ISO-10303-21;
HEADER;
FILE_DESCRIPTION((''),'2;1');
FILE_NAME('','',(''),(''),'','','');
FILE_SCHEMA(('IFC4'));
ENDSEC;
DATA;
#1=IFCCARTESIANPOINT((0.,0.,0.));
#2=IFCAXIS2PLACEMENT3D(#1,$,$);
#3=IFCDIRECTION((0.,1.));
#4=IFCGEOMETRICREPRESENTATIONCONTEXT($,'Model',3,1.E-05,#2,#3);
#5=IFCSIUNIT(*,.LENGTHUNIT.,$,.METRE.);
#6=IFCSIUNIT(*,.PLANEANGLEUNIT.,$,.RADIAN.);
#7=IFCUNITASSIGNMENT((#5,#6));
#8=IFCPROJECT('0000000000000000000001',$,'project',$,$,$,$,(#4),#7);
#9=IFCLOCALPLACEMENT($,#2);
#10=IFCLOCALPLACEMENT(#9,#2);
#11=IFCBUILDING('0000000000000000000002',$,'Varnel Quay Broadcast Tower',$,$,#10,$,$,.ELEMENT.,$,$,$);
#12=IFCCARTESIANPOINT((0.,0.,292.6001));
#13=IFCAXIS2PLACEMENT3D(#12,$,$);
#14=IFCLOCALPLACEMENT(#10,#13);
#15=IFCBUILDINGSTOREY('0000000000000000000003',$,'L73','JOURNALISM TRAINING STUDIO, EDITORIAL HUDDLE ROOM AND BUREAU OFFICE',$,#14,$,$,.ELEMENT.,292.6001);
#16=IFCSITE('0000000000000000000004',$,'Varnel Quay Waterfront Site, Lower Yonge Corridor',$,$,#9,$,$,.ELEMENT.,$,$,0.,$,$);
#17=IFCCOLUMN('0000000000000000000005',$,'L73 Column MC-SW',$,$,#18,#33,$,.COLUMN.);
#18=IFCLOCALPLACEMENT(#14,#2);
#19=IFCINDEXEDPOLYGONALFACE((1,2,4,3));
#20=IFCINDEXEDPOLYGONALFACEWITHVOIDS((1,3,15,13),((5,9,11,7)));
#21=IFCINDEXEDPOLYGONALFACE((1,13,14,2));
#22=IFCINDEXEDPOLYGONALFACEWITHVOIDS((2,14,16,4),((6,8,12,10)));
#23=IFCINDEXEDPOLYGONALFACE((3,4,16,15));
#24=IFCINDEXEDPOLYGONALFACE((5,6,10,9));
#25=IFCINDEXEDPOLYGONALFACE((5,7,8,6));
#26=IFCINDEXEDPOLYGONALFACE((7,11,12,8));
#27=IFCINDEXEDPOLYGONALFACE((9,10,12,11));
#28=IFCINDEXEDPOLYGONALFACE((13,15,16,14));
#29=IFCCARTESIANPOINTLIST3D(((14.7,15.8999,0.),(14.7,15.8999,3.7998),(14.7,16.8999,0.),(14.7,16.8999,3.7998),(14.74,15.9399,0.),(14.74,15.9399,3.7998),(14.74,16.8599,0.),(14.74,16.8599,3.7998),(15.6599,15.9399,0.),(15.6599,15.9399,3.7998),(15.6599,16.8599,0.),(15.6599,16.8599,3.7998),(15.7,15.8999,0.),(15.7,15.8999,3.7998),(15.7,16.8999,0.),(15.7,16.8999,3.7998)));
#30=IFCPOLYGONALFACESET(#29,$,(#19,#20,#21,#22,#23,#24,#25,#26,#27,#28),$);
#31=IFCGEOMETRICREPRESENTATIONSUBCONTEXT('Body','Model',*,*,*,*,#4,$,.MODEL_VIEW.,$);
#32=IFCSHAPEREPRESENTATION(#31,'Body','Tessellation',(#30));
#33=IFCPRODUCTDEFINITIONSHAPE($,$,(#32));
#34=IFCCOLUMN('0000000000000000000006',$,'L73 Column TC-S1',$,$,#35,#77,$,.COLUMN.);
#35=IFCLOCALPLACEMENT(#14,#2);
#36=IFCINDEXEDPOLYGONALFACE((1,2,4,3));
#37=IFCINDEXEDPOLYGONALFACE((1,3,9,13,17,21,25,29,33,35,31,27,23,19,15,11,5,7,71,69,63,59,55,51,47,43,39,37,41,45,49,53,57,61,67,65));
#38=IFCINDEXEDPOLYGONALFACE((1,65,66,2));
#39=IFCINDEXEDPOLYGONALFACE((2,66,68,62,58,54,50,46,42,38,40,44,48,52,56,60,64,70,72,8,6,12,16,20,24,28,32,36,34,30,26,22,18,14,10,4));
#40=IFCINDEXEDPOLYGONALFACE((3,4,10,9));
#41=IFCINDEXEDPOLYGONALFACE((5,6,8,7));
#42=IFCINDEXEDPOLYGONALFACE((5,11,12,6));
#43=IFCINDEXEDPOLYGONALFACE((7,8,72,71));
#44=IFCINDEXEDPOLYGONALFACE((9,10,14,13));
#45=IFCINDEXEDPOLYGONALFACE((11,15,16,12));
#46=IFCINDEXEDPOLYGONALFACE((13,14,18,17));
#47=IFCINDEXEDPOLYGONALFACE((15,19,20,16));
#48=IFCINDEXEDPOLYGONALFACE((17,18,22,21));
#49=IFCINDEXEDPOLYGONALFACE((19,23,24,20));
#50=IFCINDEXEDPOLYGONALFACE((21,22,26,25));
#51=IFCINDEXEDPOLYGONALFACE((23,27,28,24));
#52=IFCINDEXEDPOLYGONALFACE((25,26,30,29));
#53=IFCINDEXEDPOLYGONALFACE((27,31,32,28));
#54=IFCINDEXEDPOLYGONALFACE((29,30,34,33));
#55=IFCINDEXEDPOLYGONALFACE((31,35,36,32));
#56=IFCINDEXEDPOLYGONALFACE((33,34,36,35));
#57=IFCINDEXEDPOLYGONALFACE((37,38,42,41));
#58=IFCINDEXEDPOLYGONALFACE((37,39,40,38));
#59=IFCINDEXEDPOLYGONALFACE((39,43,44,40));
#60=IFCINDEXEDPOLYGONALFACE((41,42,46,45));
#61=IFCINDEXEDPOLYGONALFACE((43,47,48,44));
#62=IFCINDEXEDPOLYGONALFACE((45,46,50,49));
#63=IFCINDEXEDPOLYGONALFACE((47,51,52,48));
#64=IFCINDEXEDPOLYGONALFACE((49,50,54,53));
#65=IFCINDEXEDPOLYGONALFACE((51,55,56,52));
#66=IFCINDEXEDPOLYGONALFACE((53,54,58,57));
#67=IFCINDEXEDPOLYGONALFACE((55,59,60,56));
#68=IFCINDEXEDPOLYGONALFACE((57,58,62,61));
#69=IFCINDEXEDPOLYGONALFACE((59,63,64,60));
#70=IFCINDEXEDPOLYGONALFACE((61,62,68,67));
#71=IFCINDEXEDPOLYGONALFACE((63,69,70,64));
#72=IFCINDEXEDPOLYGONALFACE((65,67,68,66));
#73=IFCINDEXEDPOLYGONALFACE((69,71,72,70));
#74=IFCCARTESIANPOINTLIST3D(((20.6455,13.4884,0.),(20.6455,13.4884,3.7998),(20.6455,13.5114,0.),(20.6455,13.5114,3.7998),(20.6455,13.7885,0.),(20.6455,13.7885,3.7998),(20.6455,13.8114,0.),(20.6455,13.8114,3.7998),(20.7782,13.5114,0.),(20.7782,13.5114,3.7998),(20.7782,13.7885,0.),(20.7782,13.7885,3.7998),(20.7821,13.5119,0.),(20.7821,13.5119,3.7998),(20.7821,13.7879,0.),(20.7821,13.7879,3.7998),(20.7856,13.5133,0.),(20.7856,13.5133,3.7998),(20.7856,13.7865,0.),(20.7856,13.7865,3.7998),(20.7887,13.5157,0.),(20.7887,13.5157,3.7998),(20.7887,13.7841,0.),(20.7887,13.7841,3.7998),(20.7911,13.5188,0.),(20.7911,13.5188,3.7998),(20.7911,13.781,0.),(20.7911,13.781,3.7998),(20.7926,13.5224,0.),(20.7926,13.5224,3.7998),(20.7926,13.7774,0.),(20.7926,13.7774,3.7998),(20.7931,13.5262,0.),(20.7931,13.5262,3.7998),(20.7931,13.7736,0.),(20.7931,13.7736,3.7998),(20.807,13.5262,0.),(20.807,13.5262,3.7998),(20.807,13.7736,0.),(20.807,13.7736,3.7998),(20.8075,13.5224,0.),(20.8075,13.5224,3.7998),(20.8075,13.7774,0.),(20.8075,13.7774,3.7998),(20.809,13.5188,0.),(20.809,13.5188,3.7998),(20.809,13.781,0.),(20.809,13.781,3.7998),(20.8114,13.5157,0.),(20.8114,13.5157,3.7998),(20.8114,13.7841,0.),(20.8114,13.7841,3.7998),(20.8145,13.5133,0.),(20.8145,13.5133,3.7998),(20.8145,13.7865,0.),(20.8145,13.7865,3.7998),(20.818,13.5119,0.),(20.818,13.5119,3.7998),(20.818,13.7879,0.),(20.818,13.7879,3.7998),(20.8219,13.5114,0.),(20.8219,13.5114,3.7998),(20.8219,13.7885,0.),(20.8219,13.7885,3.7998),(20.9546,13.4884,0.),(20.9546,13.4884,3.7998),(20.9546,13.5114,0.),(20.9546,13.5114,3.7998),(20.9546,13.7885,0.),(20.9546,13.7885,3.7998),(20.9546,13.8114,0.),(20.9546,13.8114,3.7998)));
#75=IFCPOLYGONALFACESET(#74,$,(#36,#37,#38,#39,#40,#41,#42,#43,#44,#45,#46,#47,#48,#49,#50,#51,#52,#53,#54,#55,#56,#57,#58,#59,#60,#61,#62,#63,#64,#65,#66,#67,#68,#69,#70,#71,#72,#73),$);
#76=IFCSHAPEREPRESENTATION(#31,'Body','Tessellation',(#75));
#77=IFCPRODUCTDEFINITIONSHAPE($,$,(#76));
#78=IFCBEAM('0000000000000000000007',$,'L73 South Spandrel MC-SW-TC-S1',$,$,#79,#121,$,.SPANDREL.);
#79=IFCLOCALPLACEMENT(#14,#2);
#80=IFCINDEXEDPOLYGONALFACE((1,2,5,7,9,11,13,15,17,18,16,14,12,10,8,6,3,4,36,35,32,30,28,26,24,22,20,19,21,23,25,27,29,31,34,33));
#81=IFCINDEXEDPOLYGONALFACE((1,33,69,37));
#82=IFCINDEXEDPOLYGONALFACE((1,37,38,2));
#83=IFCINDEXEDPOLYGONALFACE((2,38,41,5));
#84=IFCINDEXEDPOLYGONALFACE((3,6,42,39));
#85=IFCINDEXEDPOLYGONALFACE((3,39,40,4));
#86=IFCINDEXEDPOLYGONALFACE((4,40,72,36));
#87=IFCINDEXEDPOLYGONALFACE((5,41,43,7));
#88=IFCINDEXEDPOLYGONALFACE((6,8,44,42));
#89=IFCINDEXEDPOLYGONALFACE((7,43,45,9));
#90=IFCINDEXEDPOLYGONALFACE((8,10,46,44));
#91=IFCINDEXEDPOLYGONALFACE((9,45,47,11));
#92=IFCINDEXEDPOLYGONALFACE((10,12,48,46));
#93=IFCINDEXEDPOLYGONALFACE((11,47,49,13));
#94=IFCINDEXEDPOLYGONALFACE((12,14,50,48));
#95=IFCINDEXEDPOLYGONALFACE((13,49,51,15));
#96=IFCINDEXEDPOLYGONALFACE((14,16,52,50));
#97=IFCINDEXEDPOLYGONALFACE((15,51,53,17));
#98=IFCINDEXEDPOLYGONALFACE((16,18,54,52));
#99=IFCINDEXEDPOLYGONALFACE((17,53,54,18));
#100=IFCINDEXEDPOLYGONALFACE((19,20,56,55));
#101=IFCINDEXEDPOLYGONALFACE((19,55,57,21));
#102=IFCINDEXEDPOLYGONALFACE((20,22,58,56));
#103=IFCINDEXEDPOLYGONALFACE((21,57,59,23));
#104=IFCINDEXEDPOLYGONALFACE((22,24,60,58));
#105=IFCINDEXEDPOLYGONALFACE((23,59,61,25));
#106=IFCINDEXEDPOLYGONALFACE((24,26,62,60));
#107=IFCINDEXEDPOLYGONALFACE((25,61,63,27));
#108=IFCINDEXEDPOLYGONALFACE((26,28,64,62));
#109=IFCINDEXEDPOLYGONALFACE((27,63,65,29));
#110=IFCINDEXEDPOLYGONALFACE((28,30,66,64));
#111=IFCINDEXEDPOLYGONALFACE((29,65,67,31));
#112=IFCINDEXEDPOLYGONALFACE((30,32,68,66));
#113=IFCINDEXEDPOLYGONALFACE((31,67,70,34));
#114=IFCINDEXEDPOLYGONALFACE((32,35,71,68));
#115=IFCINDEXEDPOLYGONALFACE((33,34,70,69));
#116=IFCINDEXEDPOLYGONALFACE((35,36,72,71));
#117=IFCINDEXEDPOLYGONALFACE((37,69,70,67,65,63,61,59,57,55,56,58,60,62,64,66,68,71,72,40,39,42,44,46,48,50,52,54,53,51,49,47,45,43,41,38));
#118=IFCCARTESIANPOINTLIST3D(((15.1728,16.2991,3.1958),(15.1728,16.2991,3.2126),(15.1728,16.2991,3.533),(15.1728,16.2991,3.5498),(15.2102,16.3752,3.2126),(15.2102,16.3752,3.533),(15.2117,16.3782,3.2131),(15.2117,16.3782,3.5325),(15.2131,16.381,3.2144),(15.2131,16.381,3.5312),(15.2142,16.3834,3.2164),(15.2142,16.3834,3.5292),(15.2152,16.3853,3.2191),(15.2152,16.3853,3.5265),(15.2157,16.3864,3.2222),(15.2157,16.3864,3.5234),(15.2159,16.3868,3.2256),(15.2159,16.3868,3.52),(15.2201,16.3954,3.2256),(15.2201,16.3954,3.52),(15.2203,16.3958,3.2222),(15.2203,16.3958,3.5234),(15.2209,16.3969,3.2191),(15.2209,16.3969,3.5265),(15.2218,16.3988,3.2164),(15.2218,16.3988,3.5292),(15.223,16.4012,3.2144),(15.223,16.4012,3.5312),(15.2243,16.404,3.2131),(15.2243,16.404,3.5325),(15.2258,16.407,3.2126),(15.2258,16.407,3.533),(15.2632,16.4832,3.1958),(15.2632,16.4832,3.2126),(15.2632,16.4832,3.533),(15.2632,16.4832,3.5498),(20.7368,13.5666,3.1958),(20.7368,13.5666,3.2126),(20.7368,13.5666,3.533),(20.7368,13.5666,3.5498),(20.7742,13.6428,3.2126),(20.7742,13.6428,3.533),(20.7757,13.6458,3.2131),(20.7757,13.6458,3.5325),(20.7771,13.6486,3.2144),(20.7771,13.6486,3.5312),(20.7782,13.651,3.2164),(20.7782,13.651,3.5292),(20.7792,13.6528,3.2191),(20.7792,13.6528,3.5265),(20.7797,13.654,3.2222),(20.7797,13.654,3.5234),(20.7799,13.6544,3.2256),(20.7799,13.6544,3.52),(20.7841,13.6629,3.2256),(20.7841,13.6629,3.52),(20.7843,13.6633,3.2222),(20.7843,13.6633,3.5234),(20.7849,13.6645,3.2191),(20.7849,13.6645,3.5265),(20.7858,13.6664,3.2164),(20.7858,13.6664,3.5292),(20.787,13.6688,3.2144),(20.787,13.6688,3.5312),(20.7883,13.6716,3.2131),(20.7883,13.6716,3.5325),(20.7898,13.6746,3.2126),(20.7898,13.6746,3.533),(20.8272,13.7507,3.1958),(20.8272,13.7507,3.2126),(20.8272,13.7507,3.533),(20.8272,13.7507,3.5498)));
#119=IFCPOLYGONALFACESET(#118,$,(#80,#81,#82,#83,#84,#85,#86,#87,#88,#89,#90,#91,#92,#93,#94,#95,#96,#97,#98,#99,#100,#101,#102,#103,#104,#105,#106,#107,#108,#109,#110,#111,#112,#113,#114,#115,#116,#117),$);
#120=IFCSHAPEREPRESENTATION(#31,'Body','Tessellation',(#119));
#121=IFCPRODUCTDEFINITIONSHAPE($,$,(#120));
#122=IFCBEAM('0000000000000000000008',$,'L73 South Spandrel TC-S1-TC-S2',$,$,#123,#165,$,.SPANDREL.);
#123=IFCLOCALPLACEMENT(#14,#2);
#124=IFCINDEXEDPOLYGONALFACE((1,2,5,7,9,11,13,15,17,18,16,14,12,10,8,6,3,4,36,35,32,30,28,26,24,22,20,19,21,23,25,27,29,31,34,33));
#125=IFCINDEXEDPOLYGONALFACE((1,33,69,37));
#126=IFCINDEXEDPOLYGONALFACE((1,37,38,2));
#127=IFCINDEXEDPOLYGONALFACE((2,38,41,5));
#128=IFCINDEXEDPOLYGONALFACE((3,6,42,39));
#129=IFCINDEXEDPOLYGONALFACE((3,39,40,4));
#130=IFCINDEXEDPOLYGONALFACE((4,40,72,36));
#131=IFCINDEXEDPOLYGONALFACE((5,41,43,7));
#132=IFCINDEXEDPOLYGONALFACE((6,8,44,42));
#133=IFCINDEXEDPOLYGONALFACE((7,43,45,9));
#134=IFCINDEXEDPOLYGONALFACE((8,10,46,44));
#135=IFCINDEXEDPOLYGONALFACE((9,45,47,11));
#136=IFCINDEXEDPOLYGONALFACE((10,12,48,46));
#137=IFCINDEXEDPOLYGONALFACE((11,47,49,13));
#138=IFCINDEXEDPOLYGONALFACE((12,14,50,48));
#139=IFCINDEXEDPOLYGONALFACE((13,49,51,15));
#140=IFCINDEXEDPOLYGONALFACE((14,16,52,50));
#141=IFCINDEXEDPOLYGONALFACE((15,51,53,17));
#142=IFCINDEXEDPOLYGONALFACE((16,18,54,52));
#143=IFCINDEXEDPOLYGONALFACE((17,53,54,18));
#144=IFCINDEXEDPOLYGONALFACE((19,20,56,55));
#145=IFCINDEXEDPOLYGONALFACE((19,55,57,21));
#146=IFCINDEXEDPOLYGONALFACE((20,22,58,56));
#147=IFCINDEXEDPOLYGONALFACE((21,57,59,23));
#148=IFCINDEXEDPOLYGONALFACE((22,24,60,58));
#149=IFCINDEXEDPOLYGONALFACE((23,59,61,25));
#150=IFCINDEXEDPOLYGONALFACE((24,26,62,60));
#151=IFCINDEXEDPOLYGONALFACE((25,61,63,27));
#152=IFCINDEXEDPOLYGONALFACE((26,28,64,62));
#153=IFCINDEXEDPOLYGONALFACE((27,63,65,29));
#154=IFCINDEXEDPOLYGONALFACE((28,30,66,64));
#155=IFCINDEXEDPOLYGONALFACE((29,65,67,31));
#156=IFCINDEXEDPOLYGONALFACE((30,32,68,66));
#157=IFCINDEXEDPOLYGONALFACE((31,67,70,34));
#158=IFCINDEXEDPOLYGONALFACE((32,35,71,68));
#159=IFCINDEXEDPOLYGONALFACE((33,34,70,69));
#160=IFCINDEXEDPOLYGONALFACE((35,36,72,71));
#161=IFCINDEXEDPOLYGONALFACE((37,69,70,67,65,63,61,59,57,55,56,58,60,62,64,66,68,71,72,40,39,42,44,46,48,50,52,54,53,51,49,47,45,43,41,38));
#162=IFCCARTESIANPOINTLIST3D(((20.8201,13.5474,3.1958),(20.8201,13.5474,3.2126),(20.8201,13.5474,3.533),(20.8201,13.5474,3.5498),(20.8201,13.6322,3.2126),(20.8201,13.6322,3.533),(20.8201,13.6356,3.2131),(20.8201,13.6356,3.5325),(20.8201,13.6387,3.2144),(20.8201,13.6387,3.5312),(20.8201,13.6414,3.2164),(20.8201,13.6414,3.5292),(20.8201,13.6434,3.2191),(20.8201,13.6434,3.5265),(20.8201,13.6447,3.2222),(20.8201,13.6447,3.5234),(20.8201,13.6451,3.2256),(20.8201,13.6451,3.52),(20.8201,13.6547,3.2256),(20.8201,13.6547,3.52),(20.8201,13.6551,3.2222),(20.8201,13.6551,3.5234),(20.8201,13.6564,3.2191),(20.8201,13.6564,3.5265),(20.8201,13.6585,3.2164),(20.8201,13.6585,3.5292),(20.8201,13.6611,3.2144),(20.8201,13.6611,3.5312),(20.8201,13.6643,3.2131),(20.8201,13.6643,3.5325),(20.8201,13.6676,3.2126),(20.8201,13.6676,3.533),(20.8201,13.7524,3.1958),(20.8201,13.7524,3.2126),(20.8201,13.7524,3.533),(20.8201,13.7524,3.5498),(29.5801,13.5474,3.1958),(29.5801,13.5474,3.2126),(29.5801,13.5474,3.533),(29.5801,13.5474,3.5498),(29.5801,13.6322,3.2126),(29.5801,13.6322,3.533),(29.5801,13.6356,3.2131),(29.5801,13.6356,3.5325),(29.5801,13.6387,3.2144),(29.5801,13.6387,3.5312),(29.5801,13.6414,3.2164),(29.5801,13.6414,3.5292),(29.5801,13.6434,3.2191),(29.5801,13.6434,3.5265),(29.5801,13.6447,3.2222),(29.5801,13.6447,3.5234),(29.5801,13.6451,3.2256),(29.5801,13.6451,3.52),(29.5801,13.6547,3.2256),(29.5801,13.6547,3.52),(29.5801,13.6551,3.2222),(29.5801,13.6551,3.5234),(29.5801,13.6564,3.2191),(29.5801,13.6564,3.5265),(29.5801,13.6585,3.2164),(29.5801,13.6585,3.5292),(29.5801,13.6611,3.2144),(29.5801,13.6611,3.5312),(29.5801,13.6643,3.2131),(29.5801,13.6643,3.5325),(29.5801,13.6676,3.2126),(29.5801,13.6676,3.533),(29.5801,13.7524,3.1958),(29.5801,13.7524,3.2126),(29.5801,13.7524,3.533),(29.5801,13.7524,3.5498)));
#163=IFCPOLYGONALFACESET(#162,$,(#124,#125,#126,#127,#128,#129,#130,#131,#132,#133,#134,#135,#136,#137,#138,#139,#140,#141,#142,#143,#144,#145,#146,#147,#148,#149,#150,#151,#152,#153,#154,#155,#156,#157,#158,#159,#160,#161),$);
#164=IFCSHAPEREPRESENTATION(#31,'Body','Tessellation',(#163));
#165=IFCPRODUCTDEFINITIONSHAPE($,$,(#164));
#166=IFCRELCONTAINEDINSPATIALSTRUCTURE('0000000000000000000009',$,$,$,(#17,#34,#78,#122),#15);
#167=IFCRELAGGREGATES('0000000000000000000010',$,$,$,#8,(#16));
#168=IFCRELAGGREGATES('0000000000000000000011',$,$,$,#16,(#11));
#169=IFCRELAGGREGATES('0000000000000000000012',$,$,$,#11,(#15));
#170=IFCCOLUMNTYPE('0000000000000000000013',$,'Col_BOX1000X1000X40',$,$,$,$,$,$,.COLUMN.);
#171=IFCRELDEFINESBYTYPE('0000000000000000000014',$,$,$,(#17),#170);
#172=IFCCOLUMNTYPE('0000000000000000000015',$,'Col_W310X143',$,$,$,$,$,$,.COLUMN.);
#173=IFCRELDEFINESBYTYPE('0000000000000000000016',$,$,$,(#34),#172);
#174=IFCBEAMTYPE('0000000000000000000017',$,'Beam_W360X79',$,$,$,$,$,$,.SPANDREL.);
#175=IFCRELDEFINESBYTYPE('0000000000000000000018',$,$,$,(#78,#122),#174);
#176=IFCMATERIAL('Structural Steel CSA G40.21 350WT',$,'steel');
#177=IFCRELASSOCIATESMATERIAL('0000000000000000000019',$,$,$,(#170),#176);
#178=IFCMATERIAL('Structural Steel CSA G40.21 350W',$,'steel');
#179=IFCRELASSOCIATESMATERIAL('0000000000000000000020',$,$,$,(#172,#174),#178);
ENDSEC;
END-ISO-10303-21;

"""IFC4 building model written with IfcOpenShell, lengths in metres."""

from ifc_helpers import new_model, si_unit, direction, frame, origin, origin_2d, place, context, subcontext, project, spatial, hollow_rectangle, i_section, extrude, source, transform, mapped, material, material_profile, profile_set, type_object, type_shapes, element, save


model = new_model("IFC4")

# Units and contexts
model_context = context("Model", 3, precision=1e-05, world=origin(), true_north=direction((0.0, 1.0)))
body_context = subcontext(model_context, "Body", "Model", "MODEL_VIEW")
ifc_project = project(units=[si_unit("LENGTHUNIT", "METRE"), si_unit("PLANEANGLEUNIT", "RADIAN")], contexts=[model_context])

# Site, building, storey
site_placement = place(None, origin())
site = spatial("IfcSite", under=ifc_project, at=site_placement, Name="Varnel Quay Waterfront Site, Lower Yonge Corridor", CompositionType="ELEMENT", RefElevation=0.0)
building_placement = place(site_placement, origin())
building = spatial("IfcBuilding", under=site, at=building_placement, Name="Varnel Quay Broadcast Tower", CompositionType="ELEMENT")
storey_placement = place(building_placement, frame((0.0, 0.0, 292.6001)))
storey = spatial("IfcBuildingStorey", under=building, at=storey_placement, Name="L73", Description="JOURNALISM TRAINING STUDIO, EDITORIAL HUDDLE ROOM AND BUREAU OFFICE", CompositionType="ELEMENT", Elevation=292.6001)

# Columns
ifc_material_1 = material(Name="Structural Steel CSA G40.21 350WT", Category="steel")
ifc_material_profile_1 = material_profile(ifc_material_1, hollow_rectangle(XDim=1.0, YDim=1.0, WallThickness=0.04, at=origin_2d()), Name="BOX1000X1000X40")
ifc_profile_set_1 = profile_set([ifc_material_profile_1], Name="Structural Steel CSA G40.21 350WT")
column_type_1 = type_object("IfcColumnType", Name="Col_BOX1000X1000X40", PredefinedType="COLUMN", material=ifc_profile_set_1)
shared_shape_1 = source(origin(), body_context, "Body", "SweptSolid", [
    extrude(hollow_rectangle(XDim=1.0, YDim=1.0, WallThickness=0.04, at=origin_2d()), origin(), (0.0, 0.0, 1.0), 3.7998),
])
type_shapes(column_type_1, [shared_shape_1])
column_1_placement = place(storey_placement, frame((15.2, 16.3999, 0.0), z_axis=(0.0, 0.0, 1.0), x_axis=(1.0, 0.0, 0.0)))
element("IfcColumn", 1, at=column_1_placement, inside=storey, type_object=column_type_1, Name="L73 Column MC-SW", PredefinedType="COLUMN", context=body_context, shape_type="MappedRepresentation", body=[
    mapped(shared_shape_1, transform((0.0, 0.0, 0.0), x_axis=(1.0, 0.0, 0.0), y_axis=(0.0, 1.0, 0.0), z_axis=(0.0, 0.0, 1.0), scale=1.0)),
])
ifc_material_2 = material(Name="Structural Steel CSA G40.21 350W", Category="steel")
ifc_material_profile_2 = material_profile(ifc_material_2, i_section(OverallWidth=0.3091, OverallDepth=0.323, WebThickness=0.0139, FlangeThickness=0.0229, FilletRadius=0.0149, at=origin_2d()), Name="W310X143")
ifc_profile_set_2 = profile_set([ifc_material_profile_2], Name="Structural Steel CSA G40.21 350W")
column_type_2 = type_object("IfcColumnType", Name="Col_W310X143", PredefinedType="COLUMN", material=ifc_profile_set_2)
shared_shape_2 = source(origin(), body_context, "Body", "SweptSolid", [
    extrude(i_section(OverallWidth=0.3091, OverallDepth=0.323, WebThickness=0.0139, FlangeThickness=0.0229, FilletRadius=0.0149, at=origin_2d()), origin(), (0.0, 0.0, 1.0), 3.7998),
])
type_shapes(column_type_2, [shared_shape_2])
column_2_placement = place(storey_placement, frame((20.8, 13.6499, 0.0), z_axis=(0.0, 0.0, 1.0), x_axis=(1.0, 0.0, 0.0)))
element("IfcColumn", 2, at=column_2_placement, inside=storey, type_object=column_type_2, Name="L73 Column TC-S1", PredefinedType="COLUMN", context=body_context, shape_type="MappedRepresentation", body=[
    mapped(shared_shape_2, transform((0.0, 0.0, 0.0), x_axis=(1.0, 0.0, 0.0), y_axis=(0.0, 1.0, 0.0), z_axis=(0.0, 0.0, 1.0), scale=1.0)),
])

# Beams
ifc_material_profile_3 = material_profile(ifc_material_2, i_section(OverallWidth=0.2051, OverallDepth=0.354, WebThickness=0.0095, FlangeThickness=0.0168, FilletRadius=0.0129, at=origin_2d()), Name="W360X79")
ifc_profile_set_3 = profile_set([ifc_material_profile_3], Name="Structural Steel CSA G40.21 350W")
beam_type_1 = type_object("IfcBeamType", Name="Beam_W360X79", PredefinedType="SPANDREL", material=ifc_profile_set_3)
shared_shape_3 = source(origin(), body_context, "Body", "SweptSolid", [
    extrude(i_section(OverallWidth=0.2051, OverallDepth=0.354, WebThickness=0.0095, FlangeThickness=0.0168, FilletRadius=0.0129, at=origin_2d()), origin(), (0.0, 0.0, 1.0), 6.1987),
])
beam_1_placement = place(storey_placement, frame((15.218, 16.3911, 3.3728), z_axis=(0.897602, -0.440806, 0.0), x_axis=(0.440806, 0.897602, 0.0)))
element("IfcBeam", 3, at=beam_1_placement, inside=storey, type_object=beam_type_1, Name="L73 South Spandrel MC-SW-TC-S1", PredefinedType="SPANDREL", context=body_context, shape_type="MappedRepresentation", body=[
    mapped(shared_shape_3, transform((0.0, 0.0, 0.0), x_axis=(1.0, 0.0, 0.0), y_axis=(0.0, 1.0, 0.0), z_axis=(0.0, 0.0, 1.0), scale=1.0)),
])
shared_shape_4 = source(origin(), body_context, "Body", "SweptSolid", [
    extrude(i_section(OverallWidth=0.2051, OverallDepth=0.354, WebThickness=0.0095, FlangeThickness=0.0168, FilletRadius=0.0129, at=origin_2d()), origin(), (0.0, 0.0, 1.0), 8.76),
])
beam_2_placement = place(storey_placement, frame((20.8201, 13.6499, 3.3728), z_axis=(1.0, 0.0, 0.0), x_axis=(0.0, 1.0, 0.0)))
element("IfcBeam", 4, at=beam_2_placement, inside=storey, type_object=beam_type_1, Name="L73 South Spandrel TC-S1-TC-S2", PredefinedType="SPANDREL", context=body_context, shape_type="MappedRepresentation", body=[
    mapped(shared_shape_4, transform((0.0, 0.0, 0.0), x_axis=(1.0, 0.0, 0.0), y_axis=(0.0, 1.0, 0.0), z_axis=(0.0, 0.0, 1.0), scale=1.0)),
])

save(model, "model.ifc")
